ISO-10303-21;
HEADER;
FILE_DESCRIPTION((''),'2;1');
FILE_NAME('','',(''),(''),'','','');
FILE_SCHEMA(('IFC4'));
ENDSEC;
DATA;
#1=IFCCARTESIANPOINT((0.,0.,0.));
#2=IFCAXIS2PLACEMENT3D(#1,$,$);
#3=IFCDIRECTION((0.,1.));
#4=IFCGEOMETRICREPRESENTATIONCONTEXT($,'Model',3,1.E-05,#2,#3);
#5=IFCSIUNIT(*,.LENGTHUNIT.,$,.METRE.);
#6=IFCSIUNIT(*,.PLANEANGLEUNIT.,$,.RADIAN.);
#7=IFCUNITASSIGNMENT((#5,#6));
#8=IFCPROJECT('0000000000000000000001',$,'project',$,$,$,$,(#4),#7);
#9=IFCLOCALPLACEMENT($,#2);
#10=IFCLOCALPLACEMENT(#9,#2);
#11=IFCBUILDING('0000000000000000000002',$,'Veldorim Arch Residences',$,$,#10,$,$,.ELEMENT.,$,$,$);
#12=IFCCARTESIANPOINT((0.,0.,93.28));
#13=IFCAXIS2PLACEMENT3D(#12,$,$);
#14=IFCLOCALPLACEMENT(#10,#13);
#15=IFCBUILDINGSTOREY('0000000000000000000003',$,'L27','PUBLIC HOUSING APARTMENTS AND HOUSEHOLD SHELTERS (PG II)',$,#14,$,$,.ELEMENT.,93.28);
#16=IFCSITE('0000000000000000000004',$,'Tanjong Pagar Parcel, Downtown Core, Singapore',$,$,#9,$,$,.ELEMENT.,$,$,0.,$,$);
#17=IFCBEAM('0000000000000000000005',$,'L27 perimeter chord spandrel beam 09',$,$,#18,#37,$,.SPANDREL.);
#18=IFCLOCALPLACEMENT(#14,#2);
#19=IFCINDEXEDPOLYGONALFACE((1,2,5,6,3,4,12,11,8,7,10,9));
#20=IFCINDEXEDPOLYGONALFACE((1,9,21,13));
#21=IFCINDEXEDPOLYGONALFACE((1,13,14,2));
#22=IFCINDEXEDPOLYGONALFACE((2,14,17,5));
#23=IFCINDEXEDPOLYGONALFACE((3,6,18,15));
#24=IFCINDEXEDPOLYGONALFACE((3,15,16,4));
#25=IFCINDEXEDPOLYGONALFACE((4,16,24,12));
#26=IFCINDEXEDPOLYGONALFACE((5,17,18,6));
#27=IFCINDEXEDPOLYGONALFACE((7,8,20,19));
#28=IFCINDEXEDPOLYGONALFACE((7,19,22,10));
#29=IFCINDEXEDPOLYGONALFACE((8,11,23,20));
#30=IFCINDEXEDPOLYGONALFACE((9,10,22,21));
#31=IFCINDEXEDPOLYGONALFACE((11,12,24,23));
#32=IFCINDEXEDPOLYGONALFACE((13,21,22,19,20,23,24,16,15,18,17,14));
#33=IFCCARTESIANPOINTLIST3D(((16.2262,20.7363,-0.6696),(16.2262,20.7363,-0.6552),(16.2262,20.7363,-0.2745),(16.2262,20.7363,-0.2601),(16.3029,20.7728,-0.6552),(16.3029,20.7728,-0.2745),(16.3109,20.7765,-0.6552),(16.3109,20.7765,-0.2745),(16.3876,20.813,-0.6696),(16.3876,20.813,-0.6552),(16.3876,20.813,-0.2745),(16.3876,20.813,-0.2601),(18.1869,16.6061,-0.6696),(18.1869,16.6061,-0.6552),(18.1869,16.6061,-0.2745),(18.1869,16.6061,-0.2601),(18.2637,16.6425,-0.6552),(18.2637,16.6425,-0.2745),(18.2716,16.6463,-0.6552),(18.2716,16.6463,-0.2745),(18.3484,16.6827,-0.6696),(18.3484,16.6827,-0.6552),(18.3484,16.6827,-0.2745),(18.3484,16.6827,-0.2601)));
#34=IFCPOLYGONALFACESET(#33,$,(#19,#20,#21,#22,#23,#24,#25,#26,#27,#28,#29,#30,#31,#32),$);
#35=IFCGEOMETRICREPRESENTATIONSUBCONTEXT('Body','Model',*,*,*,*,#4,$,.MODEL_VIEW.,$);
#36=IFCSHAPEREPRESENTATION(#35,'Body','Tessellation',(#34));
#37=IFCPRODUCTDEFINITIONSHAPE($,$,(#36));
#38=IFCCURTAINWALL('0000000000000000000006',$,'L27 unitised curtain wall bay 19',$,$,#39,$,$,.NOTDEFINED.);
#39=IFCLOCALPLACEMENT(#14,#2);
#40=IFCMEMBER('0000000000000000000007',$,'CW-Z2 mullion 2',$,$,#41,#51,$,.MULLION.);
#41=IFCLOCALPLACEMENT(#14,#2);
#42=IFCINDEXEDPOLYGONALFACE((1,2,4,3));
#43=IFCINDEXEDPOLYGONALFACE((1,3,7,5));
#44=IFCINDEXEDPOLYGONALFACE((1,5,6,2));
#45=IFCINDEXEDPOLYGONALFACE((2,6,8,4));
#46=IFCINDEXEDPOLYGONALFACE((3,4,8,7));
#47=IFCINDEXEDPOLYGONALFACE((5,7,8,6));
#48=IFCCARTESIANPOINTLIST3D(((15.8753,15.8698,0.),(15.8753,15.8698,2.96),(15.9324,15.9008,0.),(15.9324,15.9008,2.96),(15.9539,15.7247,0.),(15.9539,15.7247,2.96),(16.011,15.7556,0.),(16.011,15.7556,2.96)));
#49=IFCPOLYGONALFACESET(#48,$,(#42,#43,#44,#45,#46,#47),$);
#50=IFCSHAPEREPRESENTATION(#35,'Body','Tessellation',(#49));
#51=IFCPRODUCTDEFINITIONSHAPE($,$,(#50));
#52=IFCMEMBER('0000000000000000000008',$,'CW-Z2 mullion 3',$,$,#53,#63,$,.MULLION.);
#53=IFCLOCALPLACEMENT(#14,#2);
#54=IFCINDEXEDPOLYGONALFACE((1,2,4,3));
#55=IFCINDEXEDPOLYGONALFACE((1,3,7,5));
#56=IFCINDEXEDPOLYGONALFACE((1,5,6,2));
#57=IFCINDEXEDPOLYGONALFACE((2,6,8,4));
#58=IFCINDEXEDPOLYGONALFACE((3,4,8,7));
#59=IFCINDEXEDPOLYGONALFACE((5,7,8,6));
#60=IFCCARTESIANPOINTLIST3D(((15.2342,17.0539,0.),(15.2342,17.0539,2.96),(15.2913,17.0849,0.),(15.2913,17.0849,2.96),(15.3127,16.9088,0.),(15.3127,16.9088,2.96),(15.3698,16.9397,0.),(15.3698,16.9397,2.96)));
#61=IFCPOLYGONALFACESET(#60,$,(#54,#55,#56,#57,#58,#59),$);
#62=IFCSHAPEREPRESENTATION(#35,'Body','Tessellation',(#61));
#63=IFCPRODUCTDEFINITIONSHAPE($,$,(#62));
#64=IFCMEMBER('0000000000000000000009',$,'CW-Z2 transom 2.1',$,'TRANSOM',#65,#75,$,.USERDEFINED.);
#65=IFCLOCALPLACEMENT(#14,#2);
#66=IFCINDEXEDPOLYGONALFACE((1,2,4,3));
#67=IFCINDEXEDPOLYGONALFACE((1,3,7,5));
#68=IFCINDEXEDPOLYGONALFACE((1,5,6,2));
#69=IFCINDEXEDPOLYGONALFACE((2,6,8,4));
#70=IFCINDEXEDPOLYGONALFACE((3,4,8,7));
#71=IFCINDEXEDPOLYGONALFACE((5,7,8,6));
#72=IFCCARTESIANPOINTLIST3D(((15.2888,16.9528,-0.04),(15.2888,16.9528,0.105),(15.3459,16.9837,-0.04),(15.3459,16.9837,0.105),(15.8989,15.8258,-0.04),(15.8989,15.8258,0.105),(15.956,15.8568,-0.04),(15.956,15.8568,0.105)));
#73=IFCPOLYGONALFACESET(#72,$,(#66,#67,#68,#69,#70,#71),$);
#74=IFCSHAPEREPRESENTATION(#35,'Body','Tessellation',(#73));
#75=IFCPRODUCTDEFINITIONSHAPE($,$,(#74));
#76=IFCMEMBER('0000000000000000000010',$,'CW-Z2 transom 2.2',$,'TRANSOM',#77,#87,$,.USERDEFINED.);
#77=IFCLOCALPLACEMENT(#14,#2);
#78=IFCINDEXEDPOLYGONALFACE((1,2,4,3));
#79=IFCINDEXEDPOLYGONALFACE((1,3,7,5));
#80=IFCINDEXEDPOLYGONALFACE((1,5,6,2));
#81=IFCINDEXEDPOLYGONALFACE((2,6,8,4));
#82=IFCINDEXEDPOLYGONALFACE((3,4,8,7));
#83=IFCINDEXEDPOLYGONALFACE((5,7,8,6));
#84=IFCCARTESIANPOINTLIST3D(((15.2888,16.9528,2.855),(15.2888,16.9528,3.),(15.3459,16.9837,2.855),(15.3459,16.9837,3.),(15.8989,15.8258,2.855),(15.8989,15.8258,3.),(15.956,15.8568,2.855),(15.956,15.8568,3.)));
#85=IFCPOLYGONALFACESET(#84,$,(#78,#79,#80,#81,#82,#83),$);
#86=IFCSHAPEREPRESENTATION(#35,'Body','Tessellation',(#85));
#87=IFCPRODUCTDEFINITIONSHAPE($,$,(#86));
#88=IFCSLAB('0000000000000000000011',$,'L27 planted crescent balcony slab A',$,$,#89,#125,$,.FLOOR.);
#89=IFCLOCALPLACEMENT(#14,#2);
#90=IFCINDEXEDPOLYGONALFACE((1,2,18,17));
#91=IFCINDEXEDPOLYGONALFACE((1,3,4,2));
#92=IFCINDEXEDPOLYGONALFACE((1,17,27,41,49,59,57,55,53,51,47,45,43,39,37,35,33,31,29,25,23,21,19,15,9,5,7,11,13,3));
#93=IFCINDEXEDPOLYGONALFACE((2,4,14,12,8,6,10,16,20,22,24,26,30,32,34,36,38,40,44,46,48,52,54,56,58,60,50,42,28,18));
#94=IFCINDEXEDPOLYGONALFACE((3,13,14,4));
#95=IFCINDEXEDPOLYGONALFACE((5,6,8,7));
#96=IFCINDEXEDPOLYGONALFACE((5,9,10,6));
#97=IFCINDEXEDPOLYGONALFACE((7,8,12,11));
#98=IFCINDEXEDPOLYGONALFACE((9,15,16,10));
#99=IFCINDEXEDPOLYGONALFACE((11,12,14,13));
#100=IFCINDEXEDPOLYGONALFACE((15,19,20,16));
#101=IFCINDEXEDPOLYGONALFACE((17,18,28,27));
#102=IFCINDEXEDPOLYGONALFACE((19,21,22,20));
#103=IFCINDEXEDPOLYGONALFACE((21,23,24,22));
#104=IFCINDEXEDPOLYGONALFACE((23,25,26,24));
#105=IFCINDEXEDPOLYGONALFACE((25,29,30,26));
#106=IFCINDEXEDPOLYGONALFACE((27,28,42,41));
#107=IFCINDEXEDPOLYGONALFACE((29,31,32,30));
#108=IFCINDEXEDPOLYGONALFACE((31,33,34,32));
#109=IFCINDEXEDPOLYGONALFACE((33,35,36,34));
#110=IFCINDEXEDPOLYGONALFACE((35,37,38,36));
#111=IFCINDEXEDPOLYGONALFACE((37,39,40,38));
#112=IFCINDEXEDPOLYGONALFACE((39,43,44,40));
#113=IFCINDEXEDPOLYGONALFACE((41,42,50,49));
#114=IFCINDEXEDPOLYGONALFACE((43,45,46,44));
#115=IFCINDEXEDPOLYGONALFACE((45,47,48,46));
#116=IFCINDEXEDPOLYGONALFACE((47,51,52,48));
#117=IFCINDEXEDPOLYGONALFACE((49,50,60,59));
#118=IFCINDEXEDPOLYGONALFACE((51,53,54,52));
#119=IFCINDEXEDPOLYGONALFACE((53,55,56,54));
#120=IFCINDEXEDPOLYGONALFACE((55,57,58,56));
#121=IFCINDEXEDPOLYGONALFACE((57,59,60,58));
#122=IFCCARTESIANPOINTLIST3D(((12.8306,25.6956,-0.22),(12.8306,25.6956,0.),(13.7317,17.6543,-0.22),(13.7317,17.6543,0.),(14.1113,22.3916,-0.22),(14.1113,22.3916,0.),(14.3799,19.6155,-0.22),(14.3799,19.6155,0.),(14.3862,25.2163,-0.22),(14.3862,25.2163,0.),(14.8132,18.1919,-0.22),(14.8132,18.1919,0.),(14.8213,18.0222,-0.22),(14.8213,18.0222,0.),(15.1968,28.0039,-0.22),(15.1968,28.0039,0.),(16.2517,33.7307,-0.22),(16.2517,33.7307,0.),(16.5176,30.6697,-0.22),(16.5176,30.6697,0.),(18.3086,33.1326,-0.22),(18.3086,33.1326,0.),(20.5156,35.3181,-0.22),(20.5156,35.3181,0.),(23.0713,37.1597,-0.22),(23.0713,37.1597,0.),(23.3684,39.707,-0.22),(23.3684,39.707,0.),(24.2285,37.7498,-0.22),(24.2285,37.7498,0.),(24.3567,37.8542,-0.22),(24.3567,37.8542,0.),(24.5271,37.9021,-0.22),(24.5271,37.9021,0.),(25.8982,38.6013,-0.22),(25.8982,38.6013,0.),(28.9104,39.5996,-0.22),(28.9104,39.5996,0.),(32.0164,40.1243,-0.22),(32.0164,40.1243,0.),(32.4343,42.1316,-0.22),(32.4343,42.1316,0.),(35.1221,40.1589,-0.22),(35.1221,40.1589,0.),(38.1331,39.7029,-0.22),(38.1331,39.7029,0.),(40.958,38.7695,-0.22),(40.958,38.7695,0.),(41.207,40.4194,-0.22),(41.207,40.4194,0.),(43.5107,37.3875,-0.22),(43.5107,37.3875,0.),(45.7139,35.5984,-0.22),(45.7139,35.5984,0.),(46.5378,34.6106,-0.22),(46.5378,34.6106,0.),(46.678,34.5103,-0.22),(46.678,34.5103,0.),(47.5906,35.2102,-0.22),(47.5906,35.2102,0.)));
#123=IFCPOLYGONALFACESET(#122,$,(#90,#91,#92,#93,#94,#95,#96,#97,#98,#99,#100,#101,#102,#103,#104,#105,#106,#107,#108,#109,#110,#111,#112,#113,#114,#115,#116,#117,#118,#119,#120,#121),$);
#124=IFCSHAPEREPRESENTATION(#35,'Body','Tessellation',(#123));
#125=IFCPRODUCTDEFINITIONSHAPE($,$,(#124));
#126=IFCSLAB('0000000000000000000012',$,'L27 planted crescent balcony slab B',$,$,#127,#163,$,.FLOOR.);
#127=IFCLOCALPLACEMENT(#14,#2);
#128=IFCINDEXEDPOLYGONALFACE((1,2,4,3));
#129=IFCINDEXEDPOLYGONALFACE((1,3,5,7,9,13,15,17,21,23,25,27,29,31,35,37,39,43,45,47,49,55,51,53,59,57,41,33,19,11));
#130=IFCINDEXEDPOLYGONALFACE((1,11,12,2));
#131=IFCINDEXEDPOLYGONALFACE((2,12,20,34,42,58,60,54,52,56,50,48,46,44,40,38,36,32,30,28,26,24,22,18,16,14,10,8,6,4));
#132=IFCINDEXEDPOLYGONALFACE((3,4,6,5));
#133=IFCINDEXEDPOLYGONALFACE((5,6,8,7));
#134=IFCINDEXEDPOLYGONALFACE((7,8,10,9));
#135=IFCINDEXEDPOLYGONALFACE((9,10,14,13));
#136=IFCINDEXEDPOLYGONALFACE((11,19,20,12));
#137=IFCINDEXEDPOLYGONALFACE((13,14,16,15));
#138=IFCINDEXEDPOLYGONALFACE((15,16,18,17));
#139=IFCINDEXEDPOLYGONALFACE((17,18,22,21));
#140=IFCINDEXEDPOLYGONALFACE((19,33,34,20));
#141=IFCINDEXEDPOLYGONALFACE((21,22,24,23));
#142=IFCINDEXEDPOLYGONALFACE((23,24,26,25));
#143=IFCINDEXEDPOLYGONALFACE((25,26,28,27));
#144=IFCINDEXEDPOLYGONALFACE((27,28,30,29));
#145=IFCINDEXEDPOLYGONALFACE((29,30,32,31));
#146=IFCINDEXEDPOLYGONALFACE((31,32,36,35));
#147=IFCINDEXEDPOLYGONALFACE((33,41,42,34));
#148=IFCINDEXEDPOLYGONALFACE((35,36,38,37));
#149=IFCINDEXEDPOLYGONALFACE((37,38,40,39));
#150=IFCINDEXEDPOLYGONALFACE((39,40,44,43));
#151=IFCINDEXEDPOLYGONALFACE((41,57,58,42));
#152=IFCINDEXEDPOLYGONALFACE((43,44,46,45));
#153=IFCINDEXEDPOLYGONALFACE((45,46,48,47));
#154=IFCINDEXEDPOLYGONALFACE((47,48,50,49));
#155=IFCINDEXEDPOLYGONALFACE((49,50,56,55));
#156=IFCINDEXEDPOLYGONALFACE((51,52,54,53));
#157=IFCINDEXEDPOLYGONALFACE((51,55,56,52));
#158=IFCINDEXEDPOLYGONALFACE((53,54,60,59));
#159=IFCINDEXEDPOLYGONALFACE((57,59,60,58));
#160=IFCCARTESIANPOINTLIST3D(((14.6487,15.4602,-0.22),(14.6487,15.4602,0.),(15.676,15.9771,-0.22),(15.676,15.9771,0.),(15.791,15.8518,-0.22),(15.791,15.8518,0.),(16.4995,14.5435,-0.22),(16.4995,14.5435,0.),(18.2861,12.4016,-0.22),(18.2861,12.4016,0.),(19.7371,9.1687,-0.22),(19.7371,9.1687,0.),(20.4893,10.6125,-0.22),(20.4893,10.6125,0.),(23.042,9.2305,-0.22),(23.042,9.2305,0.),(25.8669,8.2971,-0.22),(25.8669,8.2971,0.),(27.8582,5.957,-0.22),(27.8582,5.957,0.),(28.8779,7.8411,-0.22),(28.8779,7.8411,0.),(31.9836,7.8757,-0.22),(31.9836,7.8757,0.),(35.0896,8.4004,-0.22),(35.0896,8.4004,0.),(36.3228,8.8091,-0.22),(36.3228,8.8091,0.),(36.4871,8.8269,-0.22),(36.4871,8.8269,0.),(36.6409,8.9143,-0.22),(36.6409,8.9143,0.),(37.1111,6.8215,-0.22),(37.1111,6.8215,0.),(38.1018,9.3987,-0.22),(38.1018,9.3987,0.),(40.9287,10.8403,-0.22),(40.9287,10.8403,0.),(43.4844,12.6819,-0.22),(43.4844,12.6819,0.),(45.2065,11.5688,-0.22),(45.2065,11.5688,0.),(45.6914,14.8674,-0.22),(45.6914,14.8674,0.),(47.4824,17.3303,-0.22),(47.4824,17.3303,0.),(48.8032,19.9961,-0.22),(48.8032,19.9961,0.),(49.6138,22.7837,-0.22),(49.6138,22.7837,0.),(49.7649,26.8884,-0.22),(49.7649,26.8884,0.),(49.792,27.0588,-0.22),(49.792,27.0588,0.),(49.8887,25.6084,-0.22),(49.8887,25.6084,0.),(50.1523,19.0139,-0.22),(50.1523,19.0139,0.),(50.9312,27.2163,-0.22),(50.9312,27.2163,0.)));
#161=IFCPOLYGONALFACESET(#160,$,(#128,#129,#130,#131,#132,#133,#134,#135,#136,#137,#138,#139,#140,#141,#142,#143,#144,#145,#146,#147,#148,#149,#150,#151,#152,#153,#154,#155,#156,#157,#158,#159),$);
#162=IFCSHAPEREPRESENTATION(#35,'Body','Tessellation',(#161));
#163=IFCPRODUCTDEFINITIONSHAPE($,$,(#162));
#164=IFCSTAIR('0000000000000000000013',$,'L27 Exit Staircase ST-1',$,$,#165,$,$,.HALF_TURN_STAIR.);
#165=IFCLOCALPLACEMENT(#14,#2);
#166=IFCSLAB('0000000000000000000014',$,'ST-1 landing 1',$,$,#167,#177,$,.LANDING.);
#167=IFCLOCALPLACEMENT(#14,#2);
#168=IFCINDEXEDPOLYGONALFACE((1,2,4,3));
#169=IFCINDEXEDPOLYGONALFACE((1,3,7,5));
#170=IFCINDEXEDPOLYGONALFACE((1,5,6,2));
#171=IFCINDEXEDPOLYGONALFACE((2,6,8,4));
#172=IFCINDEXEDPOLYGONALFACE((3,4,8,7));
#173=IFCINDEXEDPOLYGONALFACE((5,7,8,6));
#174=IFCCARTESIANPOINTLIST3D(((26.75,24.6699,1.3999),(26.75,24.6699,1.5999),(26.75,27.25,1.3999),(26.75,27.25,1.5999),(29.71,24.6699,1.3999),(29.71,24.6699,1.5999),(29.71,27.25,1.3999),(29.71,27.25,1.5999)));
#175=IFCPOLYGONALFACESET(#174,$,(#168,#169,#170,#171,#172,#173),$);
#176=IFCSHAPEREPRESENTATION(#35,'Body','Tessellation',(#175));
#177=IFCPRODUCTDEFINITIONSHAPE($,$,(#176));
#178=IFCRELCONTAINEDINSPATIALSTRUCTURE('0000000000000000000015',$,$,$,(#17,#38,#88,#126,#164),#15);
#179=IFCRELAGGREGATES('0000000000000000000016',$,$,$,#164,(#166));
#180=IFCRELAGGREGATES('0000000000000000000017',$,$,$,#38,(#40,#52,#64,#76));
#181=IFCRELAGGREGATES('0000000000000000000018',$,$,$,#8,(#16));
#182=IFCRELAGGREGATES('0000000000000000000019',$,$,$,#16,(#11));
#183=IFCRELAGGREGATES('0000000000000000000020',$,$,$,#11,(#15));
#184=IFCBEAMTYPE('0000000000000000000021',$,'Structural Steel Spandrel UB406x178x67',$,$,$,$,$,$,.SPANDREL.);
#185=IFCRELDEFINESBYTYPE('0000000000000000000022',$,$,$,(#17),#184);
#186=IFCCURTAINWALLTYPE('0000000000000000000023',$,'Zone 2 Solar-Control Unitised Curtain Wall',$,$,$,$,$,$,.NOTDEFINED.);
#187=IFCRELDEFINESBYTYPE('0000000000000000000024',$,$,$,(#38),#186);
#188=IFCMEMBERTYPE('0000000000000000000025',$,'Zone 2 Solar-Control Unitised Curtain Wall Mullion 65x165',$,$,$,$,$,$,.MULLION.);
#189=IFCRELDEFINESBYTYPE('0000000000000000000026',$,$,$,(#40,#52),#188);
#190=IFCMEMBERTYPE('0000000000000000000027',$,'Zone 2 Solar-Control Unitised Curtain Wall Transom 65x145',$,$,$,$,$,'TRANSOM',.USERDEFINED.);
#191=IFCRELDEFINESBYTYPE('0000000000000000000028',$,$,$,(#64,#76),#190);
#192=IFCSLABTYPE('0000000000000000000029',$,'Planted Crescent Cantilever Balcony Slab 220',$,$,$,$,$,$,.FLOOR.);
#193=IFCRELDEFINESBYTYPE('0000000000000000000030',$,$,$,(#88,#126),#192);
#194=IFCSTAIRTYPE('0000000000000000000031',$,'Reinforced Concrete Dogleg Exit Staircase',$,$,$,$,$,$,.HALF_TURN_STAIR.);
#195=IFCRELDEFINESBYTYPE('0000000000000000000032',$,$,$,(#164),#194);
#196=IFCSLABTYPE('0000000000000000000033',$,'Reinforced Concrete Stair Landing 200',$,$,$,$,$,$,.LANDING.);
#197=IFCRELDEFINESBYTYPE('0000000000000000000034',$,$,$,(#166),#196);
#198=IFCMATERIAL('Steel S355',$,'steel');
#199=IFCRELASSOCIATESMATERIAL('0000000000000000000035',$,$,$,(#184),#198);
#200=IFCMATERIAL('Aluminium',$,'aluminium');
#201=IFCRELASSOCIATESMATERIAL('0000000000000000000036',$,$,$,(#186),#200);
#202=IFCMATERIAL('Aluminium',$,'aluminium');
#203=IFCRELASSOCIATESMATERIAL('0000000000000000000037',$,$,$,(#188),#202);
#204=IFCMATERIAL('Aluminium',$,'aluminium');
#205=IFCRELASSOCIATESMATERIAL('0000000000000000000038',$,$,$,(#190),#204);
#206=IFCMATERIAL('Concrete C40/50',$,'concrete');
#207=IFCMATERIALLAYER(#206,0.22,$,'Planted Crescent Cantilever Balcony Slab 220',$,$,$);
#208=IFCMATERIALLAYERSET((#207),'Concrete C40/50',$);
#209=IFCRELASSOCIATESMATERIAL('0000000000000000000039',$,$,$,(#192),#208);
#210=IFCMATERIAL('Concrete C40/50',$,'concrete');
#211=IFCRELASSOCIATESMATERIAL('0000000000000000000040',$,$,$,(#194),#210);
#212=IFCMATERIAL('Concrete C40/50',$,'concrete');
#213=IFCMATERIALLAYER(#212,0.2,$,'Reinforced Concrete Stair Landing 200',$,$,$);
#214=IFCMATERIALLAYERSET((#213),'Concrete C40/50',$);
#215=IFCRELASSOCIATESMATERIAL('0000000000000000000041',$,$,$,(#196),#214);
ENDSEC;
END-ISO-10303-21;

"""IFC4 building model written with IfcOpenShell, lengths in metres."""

from ifc_helpers import new_model, si_unit, direction, frame, origin, origin_2d, place, context, subcontext, project, spatial, polyline, rectangle, i_section, outline, extrude, material, layer, layer_set, material_profile, profile_set, type_object, element, aggregate, save


model = new_model("IFC4")

# Units and contexts
model_context = context("Model", 3, precision=1e-05, world=origin(), true_north=direction((0.0, 1.0)))
body_context = subcontext(model_context, "Body", "Model", "MODEL_VIEW")
ifc_project = project(units=[si_unit("LENGTHUNIT", "METRE"), si_unit("PLANEANGLEUNIT", "RADIAN")], contexts=[model_context])

# Site, building, storey
site_placement = place(None, origin())
site = spatial("IfcSite", under=ifc_project, at=site_placement, Name="Tanjong Pagar Parcel, Downtown Core, Singapore", CompositionType="ELEMENT", RefElevation=0.0)
building_placement = place(site_placement, origin())
building = spatial("IfcBuilding", under=site, at=building_placement, Name="Veldorim Arch Residences", CompositionType="ELEMENT")
storey_placement = place(building_placement, frame((0.0, 0.0, 93.28)))
storey = spatial("IfcBuildingStorey", under=building, at=storey_placement, Name="L27", Description="PUBLIC HOUSING APARTMENTS AND HOUSEHOLD SHELTERS (PG II)", CompositionType="ELEMENT", Elevation=93.28)

# Beam
ifc_material_1 = material(Name="Steel S355", Category="steel")
ifc_material_profile_1 = material_profile(ifc_material_1, i_section(OverallWidth=0.1787, OverallDepth=0.4094, WebThickness=0.0088, FlangeThickness=0.0144, at=origin_2d()), Name="UB406x178x67")
ifc_profile_set_1 = profile_set([ifc_material_profile_1], Name="Steel S355")
beam_type = type_object("IfcBeamType", Name="Structural Steel Spandrel UB406x178x67", PredefinedType="SPANDREL", material=ifc_profile_set_1)
beam_placement = place(storey_placement, frame((16.3069, 20.7747, -0.4648), z_axis=(0.428857, -0.903372, 0.0), x_axis=(0.903372, 0.428857, 0.0)))
element("IfcBeam", 1, at=beam_placement, inside=storey, type_object=beam_type, Name="L27 perimeter chord spandrel beam 09", PredefinedType="SPANDREL", context=body_context, shape_type="SweptSolid", body=[
    extrude(i_section(OverallWidth=0.1787, OverallDepth=0.4094, WebThickness=0.0088, FlangeThickness=0.0144, at=origin_2d()), origin(), (0.0, 0.0, 1.0), 4.572),
])

# Curtain wall, members
ifc_material_2 = material(Name="Aluminium", Category="aluminium")
curtain_wall_type = type_object("IfcCurtainWallType", Name="Zone 2 Solar-Control Unitised Curtain Wall", PredefinedType="NOTDEFINED", material=ifc_material_2)
curtain_wall_placement = place(storey_placement, origin())
curtain_wall = element("IfcCurtainWall", 2, at=curtain_wall_placement, inside=storey, type_object=curtain_wall_type, Name="L27 unitised curtain wall bay 19", PredefinedType="NOTDEFINED")
ifc_material_3 = material(Name="Aluminium", Category="aluminium")
ifc_material_profile_2 = material_profile(ifc_material_3, rectangle(XDim=0.0649, YDim=0.165, at=origin_2d()), Name="ALU_MUL_65x165")
ifc_profile_set_2 = profile_set([ifc_material_profile_2], Name="Aluminium")
member_type_1 = type_object("IfcMemberType", Name="Zone 2 Solar-Control Unitised Curtain Wall Mullion 65x165", PredefinedType="MULLION", material=ifc_profile_set_2)
member_1_placement = place(storey_placement, frame((15.9431, 15.8127, 0.0), z_axis=(0.0, 0.0, 1.0), x_axis=(-0.879366, -0.476146, 0.0)))
member_1 = element("IfcMember", 3, at=member_1_placement, type_object=member_type_1, Name="CW-Z2 mullion 2", PredefinedType="MULLION", context=body_context, shape_type="SweptSolid", body=[
    extrude(rectangle(XDim=0.0649, YDim=0.165, at=origin_2d()), origin(), (0.0, 0.0, 1.0), 2.96),
])
member_2_placement = place(storey_placement, frame((15.302, 16.9968, 0.0), z_axis=(0.0, 0.0, 1.0), x_axis=(-0.879366, -0.476146, 0.0)))
member_2 = element("IfcMember", 4, at=member_2_placement, type_object=member_type_1, Name="CW-Z2 mullion 3", PredefinedType="MULLION", context=body_context, shape_type="SweptSolid", body=[
    extrude(rectangle(XDim=0.0649, YDim=0.165, at=origin_2d()), origin(), (0.0, 0.0, 1.0), 2.96),
])
ifc_material_4 = material(Name="Aluminium", Category="aluminium")
ifc_material_profile_3 = material_profile(ifc_material_4, rectangle(XDim=0.0649, YDim=0.145, at=origin_2d()), Name="ALU_TRN_65x145")
ifc_profile_set_3 = profile_set([ifc_material_profile_3], Name="Aluminium")
member_type_2 = type_object("IfcMemberType", Name="Zone 2 Solar-Control Unitised Curtain Wall Transom 65x145", ElementType="TRANSOM", PredefinedType="USERDEFINED", material=ifc_profile_set_3)
member_3_placement = place(storey_placement, frame((15.9275, 15.8413, 0.0325), z_axis=(-0.476087, 0.879398, 0.0), x_axis=(-0.879398, -0.476087, 0.0)))
member_3 = element("IfcMember", 5, at=member_3_placement, type_object=member_type_2, Name="CW-Z2 transom 2.1", ObjectType="TRANSOM", PredefinedType="USERDEFINED", context=body_context, shape_type="SweptSolid", body=[
    extrude(rectangle(XDim=0.0649, YDim=0.145, at=origin_2d()), origin(), (0.0, 0.0, 1.0), 1.2815),
])
member_4_placement = place(storey_placement, frame((15.9275, 15.8413, 2.9275), z_axis=(-0.476087, 0.879398, 0.0), x_axis=(-0.879398, -0.476087, 0.0)))
member_4 = element("IfcMember", 6, at=member_4_placement, type_object=member_type_2, Name="CW-Z2 transom 2.2", ObjectType="TRANSOM", PredefinedType="USERDEFINED", context=body_context, shape_type="SweptSolid", body=[
    extrude(rectangle(XDim=0.0649, YDim=0.145, at=origin_2d()), origin(), (0.0, 0.0, 1.0), 1.2815),
])

# Slabs
ifc_material_5 = material(Name="Concrete C40/50", Category="concrete")
ifc_layer_1 = layer(ifc_material_5, 0.22, Name="Planted Crescent Cantilever Balcony Slab 220")
ifc_layer_set_1 = layer_set([ifc_layer_1], Name="Concrete C40/50")
slab_type_1 = type_object("IfcSlabType", Name="Planted Crescent Cantilever Balcony Slab 220", PredefinedType="FLOOR", material=ifc_layer_set_1)
slab_1_placement = place(storey_placement, frame((0.0, 0.0, -0.22)))
element("IfcSlab", 7, at=slab_1_placement, inside=storey, type_object=slab_type_1, Name="L27 planted crescent balcony slab A", PredefinedType="FLOOR", context=body_context, shape_type="SweptSolid", body=[
    extrude(outline(polyline([(46.5378, 34.6106), (45.7139, 35.5984), (43.5107, 37.3875), (40.958, 38.7695), (38.1331, 39.7029), (35.1221, 40.1589), (32.0164, 40.1243), (28.9104, 39.5996), (25.8982, 38.6013), (24.5271, 37.9021), (24.3567, 37.8542), (24.2285, 37.7498), (23.0713, 37.1597), (20.5156, 35.3181), (18.3086, 33.1326), (16.5176, 30.6697), (15.1968, 28.0039), (14.3862, 25.2163), (14.1113, 22.3916), (14.3799, 19.6155), (14.8132, 18.1919), (14.8213, 18.0222), (13.7317, 17.6543), (12.8306, 25.6956), (16.2517, 33.7307), (23.3684, 39.707), (32.4343, 42.1316), (41.207, 40.4194), (47.5906, 35.2102), (46.678, 34.5103), (46.5378, 34.6106)])), origin(), (0.0, 0.0, 1.0), 0.22),
])
slab_2_placement = place(storey_placement, frame((0.0, 0.0, -0.22)))
element("IfcSlab", 8, at=slab_2_placement, inside=storey, type_object=slab_type_1, Name="L27 planted crescent balcony slab B", PredefinedType="FLOOR", context=body_context, shape_type="SweptSolid", body=[
    extrude(outline(polyline([(15.791, 15.8518), (16.4995, 14.5435), (18.2861, 12.4016), (20.4893, 10.6125), (23.042, 9.2305), (25.8669, 8.2971), (28.8779, 7.8411), (31.9836, 7.8757), (35.0896, 8.4004), (36.3228, 8.8091), (36.4871, 8.8269), (36.6409, 8.9143), (38.1018, 9.3987), (40.9287, 10.8403), (43.4844, 12.6819), (45.6914, 14.8674), (47.4824, 17.3303), (48.8032, 19.9961), (49.6138, 22.7837), (49.8887, 25.6084), (49.7649, 26.8884), (49.792, 27.0588), (50.9312, 27.2163), (50.1523, 19.0139), (45.2065, 11.5688), (37.1111, 6.8215), (27.8582, 5.957), (19.7371, 9.1687), (14.6487, 15.4602), (15.676, 15.9771), (15.791, 15.8518)])), origin(), (0.0, 0.0, 1.0), 0.22),
])

# Stair, slab
ifc_material_6 = material(Name="Concrete C40/50", Category="concrete")
stair_type = type_object("IfcStairType", Name="Reinforced Concrete Dogleg Exit Staircase", PredefinedType="HALF_TURN_STAIR", material=ifc_material_6)
stair_1_placement = place(storey_placement, origin())
stair_1 = element("IfcStair", 9, at=stair_1_placement, inside=storey, type_object=stair_type, Name="L27 Exit Staircase ST-1", PredefinedType="HALF_TURN_STAIR")
ifc_material_7 = material(Name="Concrete C40/50", Category="concrete")
ifc_layer_2 = layer(ifc_material_7, 0.2, Name="Reinforced Concrete Stair Landing 200")
ifc_layer_set_2 = layer_set([ifc_layer_2], Name="Concrete C40/50")
slab_type_2 = type_object("IfcSlabType", Name="Reinforced Concrete Stair Landing 200", PredefinedType="LANDING", material=ifc_layer_set_2)
slab_3_placement = place(storey_placement, frame((0.0, 0.0, 1.3999)))
slab_3 = element("IfcSlab", 10, at=slab_3_placement, type_object=slab_type_2, Name="ST-1 landing 1", PredefinedType="LANDING", context=body_context, shape_type="SweptSolid", body=[
    extrude(outline(polyline([(29.71, 24.6699), (29.71, 27.25), (26.75, 27.25), (26.75, 24.6699), (29.71, 24.6699)])), origin(), (0.0, 0.0, 1.0), 0.2),
])
aggregate(stair_1, [slab_3])

aggregate(curtain_wall, [member_1, member_2, member_3, member_4])

save(model, "model.ifc")
